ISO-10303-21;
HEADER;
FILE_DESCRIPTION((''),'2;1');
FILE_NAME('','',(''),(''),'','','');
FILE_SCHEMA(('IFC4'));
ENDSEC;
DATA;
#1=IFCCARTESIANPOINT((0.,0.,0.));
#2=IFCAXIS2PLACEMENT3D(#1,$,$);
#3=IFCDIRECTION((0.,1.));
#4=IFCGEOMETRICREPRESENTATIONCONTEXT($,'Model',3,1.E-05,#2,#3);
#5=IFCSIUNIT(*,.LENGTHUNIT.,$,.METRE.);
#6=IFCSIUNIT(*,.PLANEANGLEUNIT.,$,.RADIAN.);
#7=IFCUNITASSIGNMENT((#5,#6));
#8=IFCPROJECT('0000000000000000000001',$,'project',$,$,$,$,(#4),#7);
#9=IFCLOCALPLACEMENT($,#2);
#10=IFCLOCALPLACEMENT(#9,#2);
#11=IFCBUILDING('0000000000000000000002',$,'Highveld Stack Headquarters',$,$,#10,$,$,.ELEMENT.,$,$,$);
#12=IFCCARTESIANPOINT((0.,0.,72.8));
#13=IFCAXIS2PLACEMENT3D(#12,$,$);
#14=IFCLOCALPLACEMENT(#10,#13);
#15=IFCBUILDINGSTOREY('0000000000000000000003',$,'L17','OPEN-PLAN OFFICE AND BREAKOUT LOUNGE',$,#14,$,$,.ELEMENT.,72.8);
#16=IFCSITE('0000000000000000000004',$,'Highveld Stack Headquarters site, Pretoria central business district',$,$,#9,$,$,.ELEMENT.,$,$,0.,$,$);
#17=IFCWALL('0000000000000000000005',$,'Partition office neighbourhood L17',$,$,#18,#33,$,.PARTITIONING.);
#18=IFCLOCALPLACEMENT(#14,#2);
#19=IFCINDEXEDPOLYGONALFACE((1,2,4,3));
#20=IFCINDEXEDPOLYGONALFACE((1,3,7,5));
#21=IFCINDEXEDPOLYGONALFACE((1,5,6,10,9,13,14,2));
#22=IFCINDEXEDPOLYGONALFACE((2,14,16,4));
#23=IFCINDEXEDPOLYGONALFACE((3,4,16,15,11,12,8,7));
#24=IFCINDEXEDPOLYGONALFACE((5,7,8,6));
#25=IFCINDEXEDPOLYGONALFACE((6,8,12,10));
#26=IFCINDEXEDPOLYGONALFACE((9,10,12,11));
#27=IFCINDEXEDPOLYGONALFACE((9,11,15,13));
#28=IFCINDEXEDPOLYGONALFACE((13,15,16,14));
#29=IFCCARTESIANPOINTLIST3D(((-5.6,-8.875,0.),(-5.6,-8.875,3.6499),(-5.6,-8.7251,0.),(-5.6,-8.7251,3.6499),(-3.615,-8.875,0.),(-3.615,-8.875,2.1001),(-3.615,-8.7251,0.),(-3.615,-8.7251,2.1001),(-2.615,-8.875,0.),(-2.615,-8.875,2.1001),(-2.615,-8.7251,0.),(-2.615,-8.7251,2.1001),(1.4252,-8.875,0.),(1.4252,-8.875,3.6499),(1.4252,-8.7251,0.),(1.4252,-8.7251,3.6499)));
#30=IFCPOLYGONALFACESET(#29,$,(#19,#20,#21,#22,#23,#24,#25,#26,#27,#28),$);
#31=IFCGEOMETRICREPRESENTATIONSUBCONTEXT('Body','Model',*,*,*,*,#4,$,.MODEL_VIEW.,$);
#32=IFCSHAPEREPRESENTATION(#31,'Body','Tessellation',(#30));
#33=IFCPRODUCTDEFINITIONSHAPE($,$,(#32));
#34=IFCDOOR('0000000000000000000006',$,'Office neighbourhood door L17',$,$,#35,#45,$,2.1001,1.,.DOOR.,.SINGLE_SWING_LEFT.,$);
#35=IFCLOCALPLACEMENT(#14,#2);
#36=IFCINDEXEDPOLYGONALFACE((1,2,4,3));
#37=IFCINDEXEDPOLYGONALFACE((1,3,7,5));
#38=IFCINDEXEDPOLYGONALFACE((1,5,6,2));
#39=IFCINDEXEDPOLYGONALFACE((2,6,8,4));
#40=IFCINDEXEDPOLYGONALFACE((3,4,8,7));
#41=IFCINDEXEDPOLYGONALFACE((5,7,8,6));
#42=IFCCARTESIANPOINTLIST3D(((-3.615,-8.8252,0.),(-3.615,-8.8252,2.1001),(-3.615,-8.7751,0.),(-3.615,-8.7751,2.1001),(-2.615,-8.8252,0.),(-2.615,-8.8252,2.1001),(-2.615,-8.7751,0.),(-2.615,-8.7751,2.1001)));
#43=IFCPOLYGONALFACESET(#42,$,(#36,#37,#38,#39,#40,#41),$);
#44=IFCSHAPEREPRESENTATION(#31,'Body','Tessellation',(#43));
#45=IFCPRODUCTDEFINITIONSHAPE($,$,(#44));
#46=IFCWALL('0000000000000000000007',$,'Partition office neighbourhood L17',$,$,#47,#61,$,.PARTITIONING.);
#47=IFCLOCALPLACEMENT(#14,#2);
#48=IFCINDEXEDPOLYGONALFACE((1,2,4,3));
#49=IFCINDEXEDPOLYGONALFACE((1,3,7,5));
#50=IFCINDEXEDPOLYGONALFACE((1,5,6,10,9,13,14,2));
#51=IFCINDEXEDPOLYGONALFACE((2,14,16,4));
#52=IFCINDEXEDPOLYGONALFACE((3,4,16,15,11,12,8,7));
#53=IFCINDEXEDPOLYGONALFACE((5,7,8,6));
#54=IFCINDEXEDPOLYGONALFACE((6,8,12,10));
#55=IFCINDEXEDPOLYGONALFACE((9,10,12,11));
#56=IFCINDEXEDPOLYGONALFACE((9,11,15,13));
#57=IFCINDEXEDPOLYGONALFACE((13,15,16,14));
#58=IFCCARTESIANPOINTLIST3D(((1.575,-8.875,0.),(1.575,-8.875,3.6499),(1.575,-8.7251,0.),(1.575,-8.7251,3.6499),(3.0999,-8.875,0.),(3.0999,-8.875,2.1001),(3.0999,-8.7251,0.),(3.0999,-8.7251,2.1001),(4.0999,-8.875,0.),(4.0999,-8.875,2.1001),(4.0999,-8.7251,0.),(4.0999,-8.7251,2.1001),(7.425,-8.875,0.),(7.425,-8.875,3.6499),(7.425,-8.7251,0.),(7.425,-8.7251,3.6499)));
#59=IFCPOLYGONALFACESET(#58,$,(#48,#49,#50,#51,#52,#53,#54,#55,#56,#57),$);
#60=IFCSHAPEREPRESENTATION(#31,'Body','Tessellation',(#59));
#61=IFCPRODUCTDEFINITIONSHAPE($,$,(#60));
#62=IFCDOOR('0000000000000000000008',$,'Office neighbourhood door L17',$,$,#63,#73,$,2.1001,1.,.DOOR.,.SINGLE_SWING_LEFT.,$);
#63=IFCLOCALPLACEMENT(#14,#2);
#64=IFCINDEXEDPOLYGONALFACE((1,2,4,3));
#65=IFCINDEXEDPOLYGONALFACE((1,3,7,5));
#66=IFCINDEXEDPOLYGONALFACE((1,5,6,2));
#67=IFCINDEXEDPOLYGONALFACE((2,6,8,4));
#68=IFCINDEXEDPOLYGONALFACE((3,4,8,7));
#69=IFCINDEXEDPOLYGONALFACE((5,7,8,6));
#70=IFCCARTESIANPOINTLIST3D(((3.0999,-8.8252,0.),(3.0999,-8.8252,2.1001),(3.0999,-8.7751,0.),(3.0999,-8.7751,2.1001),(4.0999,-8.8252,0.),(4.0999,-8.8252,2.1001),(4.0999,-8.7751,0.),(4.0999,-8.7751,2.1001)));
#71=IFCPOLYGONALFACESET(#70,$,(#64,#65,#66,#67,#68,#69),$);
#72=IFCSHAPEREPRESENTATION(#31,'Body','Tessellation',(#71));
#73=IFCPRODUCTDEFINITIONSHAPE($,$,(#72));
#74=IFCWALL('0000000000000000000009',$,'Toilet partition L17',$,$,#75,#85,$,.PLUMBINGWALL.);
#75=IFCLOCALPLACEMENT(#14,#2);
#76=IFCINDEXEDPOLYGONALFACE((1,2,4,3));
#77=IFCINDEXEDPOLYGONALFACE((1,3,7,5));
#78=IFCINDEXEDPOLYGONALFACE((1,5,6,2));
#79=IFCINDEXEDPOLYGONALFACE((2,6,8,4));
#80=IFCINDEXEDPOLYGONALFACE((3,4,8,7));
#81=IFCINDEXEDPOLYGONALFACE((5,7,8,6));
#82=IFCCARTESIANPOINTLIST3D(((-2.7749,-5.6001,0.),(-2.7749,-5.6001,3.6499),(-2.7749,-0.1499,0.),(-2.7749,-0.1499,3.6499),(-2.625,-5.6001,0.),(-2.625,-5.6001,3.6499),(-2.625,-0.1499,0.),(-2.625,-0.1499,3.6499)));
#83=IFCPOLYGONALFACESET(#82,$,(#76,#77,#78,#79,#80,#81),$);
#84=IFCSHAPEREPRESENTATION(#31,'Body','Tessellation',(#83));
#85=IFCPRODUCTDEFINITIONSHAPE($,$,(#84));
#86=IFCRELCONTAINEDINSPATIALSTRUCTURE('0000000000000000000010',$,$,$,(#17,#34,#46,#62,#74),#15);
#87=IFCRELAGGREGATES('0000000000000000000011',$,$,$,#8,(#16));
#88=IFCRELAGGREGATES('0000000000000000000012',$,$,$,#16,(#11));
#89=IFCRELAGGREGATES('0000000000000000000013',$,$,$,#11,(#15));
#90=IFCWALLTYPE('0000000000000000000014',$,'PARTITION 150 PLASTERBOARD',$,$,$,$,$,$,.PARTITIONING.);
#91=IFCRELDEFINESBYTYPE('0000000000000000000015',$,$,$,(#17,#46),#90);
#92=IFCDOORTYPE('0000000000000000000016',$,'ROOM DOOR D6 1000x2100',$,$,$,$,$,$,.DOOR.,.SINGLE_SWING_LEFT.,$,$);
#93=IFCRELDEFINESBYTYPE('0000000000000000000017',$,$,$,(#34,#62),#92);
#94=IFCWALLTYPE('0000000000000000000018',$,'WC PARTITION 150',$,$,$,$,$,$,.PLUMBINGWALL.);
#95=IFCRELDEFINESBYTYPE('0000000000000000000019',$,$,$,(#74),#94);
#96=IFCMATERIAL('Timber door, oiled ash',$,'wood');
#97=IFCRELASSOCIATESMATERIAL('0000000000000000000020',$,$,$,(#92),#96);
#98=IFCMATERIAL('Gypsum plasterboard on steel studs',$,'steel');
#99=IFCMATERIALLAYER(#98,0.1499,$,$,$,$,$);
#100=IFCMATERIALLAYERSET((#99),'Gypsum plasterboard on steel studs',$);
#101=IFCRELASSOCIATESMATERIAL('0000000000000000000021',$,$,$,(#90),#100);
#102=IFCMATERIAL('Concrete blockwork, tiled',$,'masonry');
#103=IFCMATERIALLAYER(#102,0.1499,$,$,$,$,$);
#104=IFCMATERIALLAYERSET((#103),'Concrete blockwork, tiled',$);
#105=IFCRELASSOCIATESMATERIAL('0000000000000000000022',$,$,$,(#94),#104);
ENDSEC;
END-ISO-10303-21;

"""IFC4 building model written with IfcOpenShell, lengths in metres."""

from ifc_helpers import new_model, si_unit, direction, frame, frame_2d, origin, place, context, subcontext, project, spatial, rectangle, extrude, material, layer, layer_set, type_object, element, fill, save


model = new_model("IFC4")

# Units and contexts
model_context = context("Model", 3, precision=1e-05, world=origin(), true_north=direction((0.0, 1.0)))
body_context = subcontext(model_context, "Body", "Model", "MODEL_VIEW")
ifc_project = project(units=[si_unit("LENGTHUNIT", "METRE"), si_unit("PLANEANGLEUNIT", "RADIAN")], contexts=[model_context])

# Site, building, storey
site_placement = place(None, origin())
site = spatial("IfcSite", under=ifc_project, at=site_placement, Name="Highveld Stack Headquarters site, Pretoria central business district", CompositionType="ELEMENT", RefElevation=0.0)
building_placement = place(site_placement, origin())
building = spatial("IfcBuilding", under=site, at=building_placement, Name="Highveld Stack Headquarters", CompositionType="ELEMENT")
storey_placement = place(building_placement, frame((0.0, 0.0, 72.8)))
storey = spatial("IfcBuildingStorey", under=building, at=storey_placement, Name="L17", Description="OPEN-PLAN OFFICE AND BREAKOUT LOUNGE", CompositionType="ELEMENT", Elevation=72.8)

# Shared definitions
ifc_material_1 = material(Name="Timber door, oiled ash", Category="wood")
door_type_1 = type_object("IfcDoorType", Name="ROOM DOOR D6 1000x2100", OperationType="SINGLE_SWING_LEFT", PredefinedType="DOOR", material=ifc_material_1)
ifc_material_2 = material(Name="Gypsum plasterboard on steel studs", Category="steel")
ifc_layer_1 = layer(ifc_material_2, 0.1499)
ifc_layer_set_1 = layer_set([ifc_layer_1], Name="Gypsum plasterboard on steel studs")
wall_type_1 = type_object("IfcWallType", Name="PARTITION 150 PLASTERBOARD", PredefinedType="PARTITIONING", material=ifc_layer_set_1)

# Walls, openings, doors
wall_1_placement = place(storey_placement, frame((-5.6001, -8.8, 0.0), z_axis=(0.0, 0.0, 1.0), x_axis=(1.0, 0.0, 0.0)))
wall_1 = element("IfcWall", 1, at=wall_1_placement, inside=storey, type_object=wall_type_1, Name="Partition office neighbourhood L17", PredefinedType="PARTITIONING", context=body_context, shape_type="SweptSolid", body=[
    extrude(rectangle(XDim=7.0251, YDim=0.1499, at=frame_2d((3.5127, 0.0))), origin(), (0.0, 0.0, 1.0), 3.6499),
])
opening_1_placement = place(wall_1_placement, frame((1.9851, 0.0, 0.0)))
opening_1 = element("IfcOpeningElement", 2, at=opening_1_placement, cuts=wall_1, PredefinedType="OPENING", context=body_context, shape_type="SweptSolid", body=[
    extrude(rectangle(XDim=1.0, YDim=2.1001, at=frame_2d((0.5, 1.05))), frame((0.0, 0.085, 0.0), z_axis=(0.0, -1.0, 0.0), x_axis=(1.0, 0.0, 0.0)), (0.0, 0.0, 1.0), 0.1699),
])
door_1_placement = place(opening_1_placement, origin())
door_1 = element("IfcDoor", 3, at=door_1_placement, inside=storey, type_object=door_type_1, Name="Office neighbourhood door L17", OperationType="SINGLE_SWING_LEFT", OverallHeight=2.1001, OverallWidth=1.0, PredefinedType="DOOR", context=body_context, shape_type="SweptSolid", body=[
    extrude(rectangle(XDim=1.0, YDim=2.1001, at=frame_2d((0.5, 1.05))), frame((0.0, 0.0249, 0.0), z_axis=(0.0, -1.0, 0.0), x_axis=(1.0, 0.0, 0.0)), (0.0, 0.0, 1.0), 0.05),
])
fill(opening_1, door_1)
wall_2_placement = place(storey_placement, frame((1.575, -8.8, 0.0), z_axis=(0.0, 0.0, 1.0), x_axis=(1.0, 0.0, 0.0)))
wall_2 = element("IfcWall", 4, at=wall_2_placement, inside=storey, type_object=wall_type_1, Name="Partition office neighbourhood L17", PredefinedType="PARTITIONING", context=body_context, shape_type="SweptSolid", body=[
    extrude(rectangle(XDim=5.8501, YDim=0.1499, at=frame_2d((2.925, 0.0))), origin(), (0.0, 0.0, 1.0), 3.6499),
])
opening_2_placement = place(wall_2_placement, frame((1.5249, 0.0, 0.0)))
opening_2 = element("IfcOpeningElement", 5, at=opening_2_placement, cuts=wall_2, PredefinedType="OPENING", context=body_context, shape_type="SweptSolid", body=[
    extrude(rectangle(XDim=1.0, YDim=2.1001, at=frame_2d((0.5, 1.05))), frame((0.0, 0.085, 0.0), z_axis=(0.0, -1.0, 0.0), x_axis=(1.0, 0.0, 0.0)), (0.0, 0.0, 1.0), 0.1699),
])
door_2_placement = place(opening_2_placement, origin())
door_2 = element("IfcDoor", 6, at=door_2_placement, inside=storey, type_object=door_type_1, Name="Office neighbourhood door L17", OperationType="SINGLE_SWING_LEFT", OverallHeight=2.1001, OverallWidth=1.0, PredefinedType="DOOR", context=body_context, shape_type="SweptSolid", body=[
    extrude(rectangle(XDim=1.0, YDim=2.1001, at=frame_2d((0.5, 1.05))), frame((0.0, 0.0249, 0.0), z_axis=(0.0, -1.0, 0.0), x_axis=(1.0, 0.0, 0.0)), (0.0, 0.0, 1.0), 0.05),
])
fill(opening_2, door_2)

# Wall
ifc_material_3 = material(Name="Concrete blockwork, tiled", Category="masonry")
ifc_layer_2 = layer(ifc_material_3, 0.1499)
ifc_layer_set_2 = layer_set([ifc_layer_2], Name="Concrete blockwork, tiled")
wall_type_2 = type_object("IfcWallType", Name="WC PARTITION 150", PredefinedType="PLUMBINGWALL", material=ifc_layer_set_2)
wall_3_placement = place(storey_placement, frame((-2.7, -5.6001, 0.0), z_axis=(0.0, 0.0, 1.0), x_axis=(0.0, 1.0, 0.0)))
element("IfcWall", 7, at=wall_3_placement, inside=storey, type_object=wall_type_2, Name="Toilet partition L17", PredefinedType="PLUMBINGWALL", context=body_context, shape_type="SweptSolid", body=[
    extrude(rectangle(XDim=5.4502, YDim=0.1499, at=frame_2d((2.7251, 0.0))), origin(), (0.0, 0.0, 1.0), 3.6499),
])

save(model, "model.ifc")
